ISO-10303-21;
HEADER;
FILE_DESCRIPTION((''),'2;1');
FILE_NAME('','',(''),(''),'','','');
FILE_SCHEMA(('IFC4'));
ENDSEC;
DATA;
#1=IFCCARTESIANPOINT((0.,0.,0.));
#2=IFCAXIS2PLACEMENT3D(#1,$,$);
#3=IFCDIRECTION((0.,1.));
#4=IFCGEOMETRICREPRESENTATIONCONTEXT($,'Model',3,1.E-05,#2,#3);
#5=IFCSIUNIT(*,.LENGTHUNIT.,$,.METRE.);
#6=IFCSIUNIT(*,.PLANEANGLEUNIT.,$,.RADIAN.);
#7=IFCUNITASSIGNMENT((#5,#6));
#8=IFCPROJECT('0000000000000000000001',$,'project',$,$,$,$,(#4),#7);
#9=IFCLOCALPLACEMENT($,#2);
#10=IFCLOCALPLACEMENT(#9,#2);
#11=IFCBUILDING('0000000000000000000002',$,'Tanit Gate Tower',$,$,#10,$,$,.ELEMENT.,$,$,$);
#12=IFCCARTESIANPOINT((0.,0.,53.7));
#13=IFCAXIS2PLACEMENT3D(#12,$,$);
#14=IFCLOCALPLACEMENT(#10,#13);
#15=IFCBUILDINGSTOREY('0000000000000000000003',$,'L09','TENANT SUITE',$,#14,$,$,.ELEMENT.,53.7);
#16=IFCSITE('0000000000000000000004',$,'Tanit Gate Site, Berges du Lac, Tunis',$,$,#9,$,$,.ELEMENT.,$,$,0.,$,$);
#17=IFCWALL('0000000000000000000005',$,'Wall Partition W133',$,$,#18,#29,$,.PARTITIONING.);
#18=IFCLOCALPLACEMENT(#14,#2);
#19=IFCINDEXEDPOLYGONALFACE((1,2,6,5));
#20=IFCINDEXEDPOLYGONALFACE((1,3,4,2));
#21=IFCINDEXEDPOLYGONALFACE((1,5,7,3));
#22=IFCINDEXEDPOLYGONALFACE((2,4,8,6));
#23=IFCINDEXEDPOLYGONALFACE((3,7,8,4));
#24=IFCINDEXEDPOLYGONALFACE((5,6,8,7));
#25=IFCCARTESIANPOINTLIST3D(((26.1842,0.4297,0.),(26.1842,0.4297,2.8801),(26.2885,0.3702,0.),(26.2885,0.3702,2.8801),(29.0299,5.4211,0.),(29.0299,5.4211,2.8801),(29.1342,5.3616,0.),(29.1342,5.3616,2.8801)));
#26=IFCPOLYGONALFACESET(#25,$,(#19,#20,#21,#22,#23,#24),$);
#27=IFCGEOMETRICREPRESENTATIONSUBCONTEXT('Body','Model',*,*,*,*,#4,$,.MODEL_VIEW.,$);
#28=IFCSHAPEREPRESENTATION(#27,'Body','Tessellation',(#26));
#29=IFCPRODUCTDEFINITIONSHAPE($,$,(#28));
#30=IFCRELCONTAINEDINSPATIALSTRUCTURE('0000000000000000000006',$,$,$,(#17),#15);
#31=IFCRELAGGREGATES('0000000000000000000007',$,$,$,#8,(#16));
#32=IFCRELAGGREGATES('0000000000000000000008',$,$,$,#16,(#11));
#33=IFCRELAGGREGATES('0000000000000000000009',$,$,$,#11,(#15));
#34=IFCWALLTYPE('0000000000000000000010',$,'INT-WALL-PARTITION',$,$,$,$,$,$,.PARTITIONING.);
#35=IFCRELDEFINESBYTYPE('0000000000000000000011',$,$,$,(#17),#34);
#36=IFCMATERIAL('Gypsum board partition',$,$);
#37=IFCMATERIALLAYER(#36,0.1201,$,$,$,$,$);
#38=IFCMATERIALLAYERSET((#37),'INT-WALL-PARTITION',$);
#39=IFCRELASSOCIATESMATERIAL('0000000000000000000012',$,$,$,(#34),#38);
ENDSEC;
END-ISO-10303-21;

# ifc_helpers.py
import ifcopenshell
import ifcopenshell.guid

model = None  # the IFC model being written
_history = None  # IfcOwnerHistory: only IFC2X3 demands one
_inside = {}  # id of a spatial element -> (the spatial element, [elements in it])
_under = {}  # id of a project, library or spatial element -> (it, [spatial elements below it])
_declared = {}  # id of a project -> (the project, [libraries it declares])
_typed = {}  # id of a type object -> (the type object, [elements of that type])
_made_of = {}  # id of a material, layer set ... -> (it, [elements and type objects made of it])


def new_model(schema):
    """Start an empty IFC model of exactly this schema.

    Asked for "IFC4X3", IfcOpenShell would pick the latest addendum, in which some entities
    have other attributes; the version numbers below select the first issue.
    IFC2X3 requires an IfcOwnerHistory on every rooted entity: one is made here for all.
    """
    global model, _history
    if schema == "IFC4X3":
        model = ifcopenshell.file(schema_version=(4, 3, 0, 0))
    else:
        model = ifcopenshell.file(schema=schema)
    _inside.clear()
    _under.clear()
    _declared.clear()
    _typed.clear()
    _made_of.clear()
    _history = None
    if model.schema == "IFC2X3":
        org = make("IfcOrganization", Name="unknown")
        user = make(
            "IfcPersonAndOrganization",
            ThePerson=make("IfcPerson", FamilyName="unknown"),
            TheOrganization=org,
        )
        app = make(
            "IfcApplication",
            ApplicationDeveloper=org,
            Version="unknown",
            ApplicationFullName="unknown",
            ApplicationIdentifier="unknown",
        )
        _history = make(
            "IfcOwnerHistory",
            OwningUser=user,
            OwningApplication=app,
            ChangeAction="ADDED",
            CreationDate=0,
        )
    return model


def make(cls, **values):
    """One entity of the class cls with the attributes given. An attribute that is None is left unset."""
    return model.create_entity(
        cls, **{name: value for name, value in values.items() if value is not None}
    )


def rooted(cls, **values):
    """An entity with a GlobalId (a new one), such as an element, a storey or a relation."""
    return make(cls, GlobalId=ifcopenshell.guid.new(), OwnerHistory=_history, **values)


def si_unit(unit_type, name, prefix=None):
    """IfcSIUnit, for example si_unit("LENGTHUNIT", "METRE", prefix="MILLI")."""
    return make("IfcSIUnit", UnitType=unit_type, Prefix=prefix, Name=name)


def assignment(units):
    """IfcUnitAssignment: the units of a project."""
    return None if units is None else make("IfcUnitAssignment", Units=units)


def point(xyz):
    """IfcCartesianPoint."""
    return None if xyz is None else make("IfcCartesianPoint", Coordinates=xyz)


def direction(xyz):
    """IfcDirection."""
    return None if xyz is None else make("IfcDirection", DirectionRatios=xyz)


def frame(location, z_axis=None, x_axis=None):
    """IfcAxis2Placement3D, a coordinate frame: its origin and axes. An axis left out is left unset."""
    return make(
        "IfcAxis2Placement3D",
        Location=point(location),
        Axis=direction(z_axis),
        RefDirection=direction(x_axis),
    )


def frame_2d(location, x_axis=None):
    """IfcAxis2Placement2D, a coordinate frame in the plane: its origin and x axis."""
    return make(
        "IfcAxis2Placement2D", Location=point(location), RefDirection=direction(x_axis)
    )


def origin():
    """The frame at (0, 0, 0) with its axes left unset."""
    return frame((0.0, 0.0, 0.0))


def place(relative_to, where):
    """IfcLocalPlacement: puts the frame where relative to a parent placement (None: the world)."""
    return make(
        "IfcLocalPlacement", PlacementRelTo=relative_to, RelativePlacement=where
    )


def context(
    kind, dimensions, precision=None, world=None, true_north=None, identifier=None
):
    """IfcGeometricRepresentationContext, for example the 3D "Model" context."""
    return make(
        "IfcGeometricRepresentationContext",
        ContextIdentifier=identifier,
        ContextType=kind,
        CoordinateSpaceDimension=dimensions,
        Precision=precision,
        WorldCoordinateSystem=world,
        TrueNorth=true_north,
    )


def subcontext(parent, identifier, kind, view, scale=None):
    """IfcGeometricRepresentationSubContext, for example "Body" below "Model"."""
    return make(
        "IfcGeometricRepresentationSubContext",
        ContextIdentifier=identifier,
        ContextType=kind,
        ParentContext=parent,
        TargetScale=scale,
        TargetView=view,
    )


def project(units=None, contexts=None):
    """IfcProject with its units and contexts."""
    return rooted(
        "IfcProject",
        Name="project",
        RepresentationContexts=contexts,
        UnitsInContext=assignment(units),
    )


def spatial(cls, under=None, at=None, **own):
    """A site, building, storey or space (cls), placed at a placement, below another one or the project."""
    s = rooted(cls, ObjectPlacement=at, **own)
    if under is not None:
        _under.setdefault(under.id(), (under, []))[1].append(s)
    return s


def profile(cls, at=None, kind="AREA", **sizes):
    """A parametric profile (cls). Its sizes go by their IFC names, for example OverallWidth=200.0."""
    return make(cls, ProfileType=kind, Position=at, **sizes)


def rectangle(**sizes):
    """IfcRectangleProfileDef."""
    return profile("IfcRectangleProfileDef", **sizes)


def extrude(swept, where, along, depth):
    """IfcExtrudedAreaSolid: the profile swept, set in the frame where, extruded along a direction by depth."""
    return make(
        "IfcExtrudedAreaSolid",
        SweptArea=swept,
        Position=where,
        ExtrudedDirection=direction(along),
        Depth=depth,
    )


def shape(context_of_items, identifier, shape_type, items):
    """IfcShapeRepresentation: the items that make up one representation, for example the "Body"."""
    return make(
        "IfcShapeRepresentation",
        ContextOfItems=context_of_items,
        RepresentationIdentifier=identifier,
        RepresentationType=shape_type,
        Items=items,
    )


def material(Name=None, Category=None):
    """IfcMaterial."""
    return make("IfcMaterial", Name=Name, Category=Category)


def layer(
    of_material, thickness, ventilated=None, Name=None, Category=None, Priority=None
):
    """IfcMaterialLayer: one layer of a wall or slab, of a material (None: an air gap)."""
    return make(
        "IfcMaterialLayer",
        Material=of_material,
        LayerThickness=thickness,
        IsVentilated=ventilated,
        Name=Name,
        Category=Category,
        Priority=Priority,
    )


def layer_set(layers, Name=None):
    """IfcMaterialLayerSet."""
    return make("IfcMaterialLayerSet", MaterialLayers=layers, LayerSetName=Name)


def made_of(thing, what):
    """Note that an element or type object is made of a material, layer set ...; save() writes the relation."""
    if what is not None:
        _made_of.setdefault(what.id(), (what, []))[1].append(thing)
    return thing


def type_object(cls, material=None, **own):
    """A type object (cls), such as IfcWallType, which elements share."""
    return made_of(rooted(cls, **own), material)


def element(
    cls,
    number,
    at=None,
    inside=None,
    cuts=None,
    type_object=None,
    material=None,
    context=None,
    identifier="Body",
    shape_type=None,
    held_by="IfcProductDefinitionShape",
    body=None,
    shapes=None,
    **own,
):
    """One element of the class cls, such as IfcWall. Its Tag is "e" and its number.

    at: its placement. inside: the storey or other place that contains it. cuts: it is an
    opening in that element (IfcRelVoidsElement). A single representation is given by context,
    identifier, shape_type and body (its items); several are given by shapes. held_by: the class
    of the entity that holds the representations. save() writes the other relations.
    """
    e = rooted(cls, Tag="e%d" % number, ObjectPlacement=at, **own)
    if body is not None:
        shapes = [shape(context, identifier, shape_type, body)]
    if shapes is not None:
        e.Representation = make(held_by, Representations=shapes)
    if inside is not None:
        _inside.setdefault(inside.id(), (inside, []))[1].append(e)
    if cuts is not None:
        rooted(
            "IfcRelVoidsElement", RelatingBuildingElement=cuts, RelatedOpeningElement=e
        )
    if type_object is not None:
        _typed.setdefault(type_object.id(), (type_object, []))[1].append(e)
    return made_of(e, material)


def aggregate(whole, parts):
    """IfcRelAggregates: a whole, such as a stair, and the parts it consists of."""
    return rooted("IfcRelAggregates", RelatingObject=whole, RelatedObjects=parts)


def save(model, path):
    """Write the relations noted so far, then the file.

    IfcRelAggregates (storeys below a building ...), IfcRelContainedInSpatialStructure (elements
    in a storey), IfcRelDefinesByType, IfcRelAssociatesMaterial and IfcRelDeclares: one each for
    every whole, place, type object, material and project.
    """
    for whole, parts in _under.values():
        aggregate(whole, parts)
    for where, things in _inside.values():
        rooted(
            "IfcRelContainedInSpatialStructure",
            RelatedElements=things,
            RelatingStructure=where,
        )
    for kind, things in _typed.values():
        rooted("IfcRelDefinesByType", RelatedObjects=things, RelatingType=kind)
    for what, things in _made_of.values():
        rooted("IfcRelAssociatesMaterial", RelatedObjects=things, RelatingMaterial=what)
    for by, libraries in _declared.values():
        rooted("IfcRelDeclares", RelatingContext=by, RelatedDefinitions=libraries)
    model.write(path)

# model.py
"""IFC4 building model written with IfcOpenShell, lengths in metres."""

from ifc_helpers import new_model, si_unit, direction, frame, frame_2d, origin, place, context, subcontext, project, spatial, rectangle, extrude, material, layer, layer_set, type_object, element, save


model = new_model("IFC4")

# Units and contexts
model_context = context("Model", 3, precision=1e-05, world=origin(), true_north=direction((0.0, 1.0)))
body_context = subcontext(model_context, "Body", "Model", "MODEL_VIEW")
ifc_project = project(units=[si_unit("LENGTHUNIT", "METRE"), si_unit("PLANEANGLEUNIT", "RADIAN")], contexts=[model_context])

# Site, building, storey
site_placement = place(None, origin())
site = spatial("IfcSite", under=ifc_project, at=site_placement, Name="Tanit Gate Site, Berges du Lac, Tunis", CompositionType="ELEMENT", RefElevation=0.0)
building_placement = place(site_placement, origin())
building = spatial("IfcBuilding", under=site, at=building_placement, Name="Tanit Gate Tower", CompositionType="ELEMENT")
storey_placement = place(building_placement, frame((0.0, 0.0, 53.7)))
storey = spatial("IfcBuildingStorey", under=building, at=storey_placement, Name="L09", Description="TENANT SUITE", CompositionType="ELEMENT", Elevation=53.7)

# Wall
ifc_material_1 = material(Name="Gypsum board partition")
ifc_layer_1 = layer(ifc_material_1, 0.1201)
ifc_layer_set_1 = layer_set([ifc_layer_1], Name="INT-WALL-PARTITION")
wall_type_1 = type_object("IfcWallType", Name="INT-WALL-PARTITION", PredefinedType="PARTITIONING", material=ifc_layer_set_1)
wall_1_placement = place(storey_placement, frame((29.082, 5.3914, 0.0), z_axis=(0.0, 0.0, 1.0), x_axis=(-0.495278, -0.868734, 0.0)))
element("IfcWall", 1, at=wall_1_placement, inside=storey, type_object=wall_type_1, Name="Wall Partition W133", PredefinedType="PARTITIONING", context=body_context, shape_type="SweptSolid", body=[
    extrude(rectangle(XDim=5.7456, YDim=0.1201, at=frame_2d((2.8728, 0.0))), origin(), (0.0, 0.0, 1.0), 2.8801),
])

save(model, "model.ifc")
